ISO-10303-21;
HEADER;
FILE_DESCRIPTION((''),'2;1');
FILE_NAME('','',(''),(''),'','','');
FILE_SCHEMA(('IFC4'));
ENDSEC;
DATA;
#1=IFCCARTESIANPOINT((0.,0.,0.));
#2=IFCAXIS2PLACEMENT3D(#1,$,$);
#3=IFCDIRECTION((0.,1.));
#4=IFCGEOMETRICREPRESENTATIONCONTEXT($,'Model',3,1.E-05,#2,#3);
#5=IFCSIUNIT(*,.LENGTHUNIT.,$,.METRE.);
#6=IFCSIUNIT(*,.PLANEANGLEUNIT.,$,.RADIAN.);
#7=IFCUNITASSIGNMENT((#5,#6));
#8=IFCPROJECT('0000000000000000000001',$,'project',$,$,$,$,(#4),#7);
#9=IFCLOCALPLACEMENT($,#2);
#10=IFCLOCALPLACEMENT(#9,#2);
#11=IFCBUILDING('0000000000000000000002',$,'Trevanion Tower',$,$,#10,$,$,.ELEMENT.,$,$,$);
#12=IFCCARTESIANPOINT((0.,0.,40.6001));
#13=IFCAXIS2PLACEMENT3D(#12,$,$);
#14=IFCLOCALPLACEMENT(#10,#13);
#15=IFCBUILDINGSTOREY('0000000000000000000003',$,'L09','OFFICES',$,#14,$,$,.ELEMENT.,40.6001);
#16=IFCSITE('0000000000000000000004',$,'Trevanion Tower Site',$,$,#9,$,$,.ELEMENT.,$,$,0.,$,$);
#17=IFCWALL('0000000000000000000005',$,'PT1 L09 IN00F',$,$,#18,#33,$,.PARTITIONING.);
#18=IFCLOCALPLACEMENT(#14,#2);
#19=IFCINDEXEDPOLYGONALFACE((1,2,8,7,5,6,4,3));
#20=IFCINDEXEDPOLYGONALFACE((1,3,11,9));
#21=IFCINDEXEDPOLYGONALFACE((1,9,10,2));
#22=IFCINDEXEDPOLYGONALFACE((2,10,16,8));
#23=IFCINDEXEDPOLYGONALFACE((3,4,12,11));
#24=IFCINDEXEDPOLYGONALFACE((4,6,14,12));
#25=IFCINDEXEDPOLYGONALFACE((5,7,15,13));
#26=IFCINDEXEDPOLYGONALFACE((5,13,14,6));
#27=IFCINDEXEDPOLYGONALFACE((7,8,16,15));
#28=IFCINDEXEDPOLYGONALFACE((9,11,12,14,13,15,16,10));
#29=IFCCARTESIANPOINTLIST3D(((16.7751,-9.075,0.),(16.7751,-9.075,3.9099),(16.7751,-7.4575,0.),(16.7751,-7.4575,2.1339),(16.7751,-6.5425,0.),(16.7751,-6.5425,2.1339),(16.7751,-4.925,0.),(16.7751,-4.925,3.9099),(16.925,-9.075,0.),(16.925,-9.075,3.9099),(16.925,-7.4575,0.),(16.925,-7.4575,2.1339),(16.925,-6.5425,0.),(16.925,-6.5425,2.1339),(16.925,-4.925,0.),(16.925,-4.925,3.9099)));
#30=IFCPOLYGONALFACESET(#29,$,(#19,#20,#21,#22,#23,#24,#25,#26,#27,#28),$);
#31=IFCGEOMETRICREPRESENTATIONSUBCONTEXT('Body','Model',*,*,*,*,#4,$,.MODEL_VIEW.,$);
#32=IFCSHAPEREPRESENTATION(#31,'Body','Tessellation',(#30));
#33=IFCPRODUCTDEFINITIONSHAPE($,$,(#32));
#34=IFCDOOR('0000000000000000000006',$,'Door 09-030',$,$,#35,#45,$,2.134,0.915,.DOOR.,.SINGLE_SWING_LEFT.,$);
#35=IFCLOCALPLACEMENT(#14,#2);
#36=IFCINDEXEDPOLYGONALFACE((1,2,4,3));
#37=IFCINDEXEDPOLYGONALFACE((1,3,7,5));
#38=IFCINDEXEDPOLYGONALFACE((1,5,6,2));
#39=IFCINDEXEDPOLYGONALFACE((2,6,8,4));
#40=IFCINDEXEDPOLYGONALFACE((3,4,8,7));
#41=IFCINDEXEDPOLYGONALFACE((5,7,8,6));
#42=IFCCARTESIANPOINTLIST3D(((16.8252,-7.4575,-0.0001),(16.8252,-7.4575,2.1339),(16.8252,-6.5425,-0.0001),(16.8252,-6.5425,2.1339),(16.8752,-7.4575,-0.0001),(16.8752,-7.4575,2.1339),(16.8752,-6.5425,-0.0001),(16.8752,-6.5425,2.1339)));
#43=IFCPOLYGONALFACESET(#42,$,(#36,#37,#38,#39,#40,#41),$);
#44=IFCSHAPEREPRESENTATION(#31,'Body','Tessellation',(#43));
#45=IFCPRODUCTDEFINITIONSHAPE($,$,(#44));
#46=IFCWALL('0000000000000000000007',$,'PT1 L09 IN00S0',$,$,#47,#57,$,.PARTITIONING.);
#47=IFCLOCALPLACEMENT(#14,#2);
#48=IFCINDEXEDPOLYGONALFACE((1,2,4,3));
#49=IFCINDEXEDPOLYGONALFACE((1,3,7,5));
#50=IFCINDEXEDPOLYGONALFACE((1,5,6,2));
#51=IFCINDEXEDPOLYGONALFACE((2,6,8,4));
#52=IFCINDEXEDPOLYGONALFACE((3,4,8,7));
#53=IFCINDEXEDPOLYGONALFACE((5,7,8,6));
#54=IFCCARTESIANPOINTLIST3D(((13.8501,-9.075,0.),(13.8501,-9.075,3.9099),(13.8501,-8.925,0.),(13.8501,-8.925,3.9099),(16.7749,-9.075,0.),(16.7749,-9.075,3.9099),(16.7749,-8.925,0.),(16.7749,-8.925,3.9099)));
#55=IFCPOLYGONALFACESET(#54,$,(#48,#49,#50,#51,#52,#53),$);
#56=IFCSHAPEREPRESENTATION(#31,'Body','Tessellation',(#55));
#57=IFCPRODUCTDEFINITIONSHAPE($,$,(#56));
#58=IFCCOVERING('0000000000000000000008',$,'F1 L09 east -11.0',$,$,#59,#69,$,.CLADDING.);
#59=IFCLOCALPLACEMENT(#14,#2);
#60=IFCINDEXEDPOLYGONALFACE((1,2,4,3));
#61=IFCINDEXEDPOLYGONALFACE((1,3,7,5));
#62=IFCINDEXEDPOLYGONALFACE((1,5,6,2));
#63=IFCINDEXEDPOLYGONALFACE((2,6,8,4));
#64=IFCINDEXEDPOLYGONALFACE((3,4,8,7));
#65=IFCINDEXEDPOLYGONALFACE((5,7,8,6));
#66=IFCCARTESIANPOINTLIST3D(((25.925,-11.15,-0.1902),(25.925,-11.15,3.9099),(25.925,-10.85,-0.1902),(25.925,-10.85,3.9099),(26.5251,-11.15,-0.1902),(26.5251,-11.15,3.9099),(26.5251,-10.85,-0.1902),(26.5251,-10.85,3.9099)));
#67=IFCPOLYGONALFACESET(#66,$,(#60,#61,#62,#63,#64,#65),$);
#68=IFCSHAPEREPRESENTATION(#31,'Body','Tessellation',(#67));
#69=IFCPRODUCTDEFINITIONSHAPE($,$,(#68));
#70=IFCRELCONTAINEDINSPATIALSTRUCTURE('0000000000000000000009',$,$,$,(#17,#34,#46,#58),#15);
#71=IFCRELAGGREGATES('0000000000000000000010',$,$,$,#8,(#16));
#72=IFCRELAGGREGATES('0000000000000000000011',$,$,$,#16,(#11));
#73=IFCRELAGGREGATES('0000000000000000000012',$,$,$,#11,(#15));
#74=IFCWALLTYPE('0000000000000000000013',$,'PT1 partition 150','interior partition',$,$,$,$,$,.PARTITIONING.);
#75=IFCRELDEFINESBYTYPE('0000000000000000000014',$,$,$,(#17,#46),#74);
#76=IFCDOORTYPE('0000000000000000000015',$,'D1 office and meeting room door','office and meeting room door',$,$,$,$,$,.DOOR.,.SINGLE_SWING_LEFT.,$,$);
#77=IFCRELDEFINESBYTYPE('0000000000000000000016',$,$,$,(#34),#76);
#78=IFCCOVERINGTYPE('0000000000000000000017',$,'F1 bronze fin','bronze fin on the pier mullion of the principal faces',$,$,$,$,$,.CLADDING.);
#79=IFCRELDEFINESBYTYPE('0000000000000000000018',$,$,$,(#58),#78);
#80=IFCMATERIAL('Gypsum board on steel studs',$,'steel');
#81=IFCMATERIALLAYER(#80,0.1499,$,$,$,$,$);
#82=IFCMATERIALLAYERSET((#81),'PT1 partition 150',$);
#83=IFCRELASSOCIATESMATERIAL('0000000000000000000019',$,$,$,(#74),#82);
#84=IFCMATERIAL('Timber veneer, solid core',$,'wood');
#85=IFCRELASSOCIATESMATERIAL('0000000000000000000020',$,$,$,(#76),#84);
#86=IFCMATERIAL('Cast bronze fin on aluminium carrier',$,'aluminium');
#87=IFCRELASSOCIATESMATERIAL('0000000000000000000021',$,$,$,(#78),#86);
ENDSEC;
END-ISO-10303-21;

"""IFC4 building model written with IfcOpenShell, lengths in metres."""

from ifc_helpers import new_model, si_unit, direction, frame, frame_2d, origin, origin_2d, place, context, subcontext, project, spatial, rectangle, extrude, material, layer, layer_set, type_object, element, fill, save


model = new_model("IFC4")

# Units and contexts
model_context = context("Model", 3, precision=1e-05, world=origin(), true_north=direction((0.0, 1.0)))
body_context = subcontext(model_context, "Body", "Model", "MODEL_VIEW")
ifc_project = project(units=[si_unit("LENGTHUNIT", "METRE"), si_unit("PLANEANGLEUNIT", "RADIAN")], contexts=[model_context])

# Site, building, storey
site_placement = place(None, origin())
site = spatial("IfcSite", under=ifc_project, at=site_placement, Name="Trevanion Tower Site", CompositionType="ELEMENT", RefElevation=0.0)
building_placement = place(site_placement, origin())
building = spatial("IfcBuilding", under=site, at=building_placement, Name="Trevanion Tower", CompositionType="ELEMENT")
storey_placement = place(building_placement, frame((0.0, 0.0, 40.6001)))
storey = spatial("IfcBuildingStorey", under=building, at=storey_placement, Name="L09", Description="OFFICES", CompositionType="ELEMENT", Elevation=40.6001)

# Shared definitions
ifc_material_1 = material(Name="Gypsum board on steel studs", Category="steel")
ifc_layer_1 = layer(ifc_material_1, 0.1499)
ifc_layer_set_1 = layer_set([ifc_layer_1], Name="PT1 partition 150")
wall_type = type_object("IfcWallType", Name="PT1 partition 150", Description="interior partition", PredefinedType="PARTITIONING", material=ifc_layer_set_1)
ifc_material_2 = material(Name="Timber veneer, solid core", Category="wood")
door_type = type_object("IfcDoorType", Name="D1 office and meeting room door", Description="office and meeting room door", OperationType="SINGLE_SWING_LEFT", PredefinedType="DOOR", material=ifc_material_2)

# Wall, opening, door
wall_1_placement = place(storey_placement, frame((16.8501, -9.075, 0.0), z_axis=(0.0, 0.0, 1.0), x_axis=(0.0, 1.0, 0.0)))
wall_1 = element("IfcWall", 1, at=wall_1_placement, inside=storey, type_object=wall_type, Name="PT1 L09 IN00F", PredefinedType="PARTITIONING", context=body_context, shape_type="SweptSolid", body=[
    extrude(rectangle(XDim=4.1499, YDim=0.1499, at=frame_2d((2.075, 0.0))), origin(), (0.0, 0.0, 1.0), 3.9099),
])
opening_1_placement = place(wall_1_placement, frame((1.6174, 0.0, 0.0)))
opening_1 = element("IfcOpeningElement", 2, at=opening_1_placement, cuts=wall_1, PredefinedType="OPENING", context=body_context, shape_type="SweptSolid", body=[
    extrude(rectangle(XDim=0.915, YDim=2.134, at=frame_2d((0.4575, 1.0669))), frame((0.0, 0.085, 0.0), z_axis=(0.0, -1.0, 0.0), x_axis=(1.0, 0.0, 0.0)), (0.0, 0.0, 1.0), 0.1699),
])
door_1_placement = place(opening_1_placement, origin())
door_1 = element("IfcDoor", 3, at=door_1_placement, inside=storey, type_object=door_type, Name="Door 09-030", OperationType="SINGLE_SWING_LEFT", OverallHeight=2.134, OverallWidth=0.915, PredefinedType="DOOR", context=body_context, shape_type="SweptSolid", body=[
    extrude(rectangle(XDim=0.915, YDim=2.134, at=frame_2d((0.4575, 1.0669))), frame((0.0, 0.0249, 0.0), z_axis=(0.0, -1.0, 0.0), x_axis=(1.0, 0.0, 0.0)), (0.0, 0.0, 1.0), 0.05),
])
fill(opening_1, door_1)

# Wall
wall_2_placement = place(storey_placement, frame((16.7749, -9.0, 0.0), z_axis=(0.0, 0.0, 1.0), x_axis=(-1.0, 0.0, 0.0)))
element("IfcWall", 4, at=wall_2_placement, inside=storey, type_object=wall_type, Name="PT1 L09 IN00S0", PredefinedType="PARTITIONING", context=body_context, shape_type="SweptSolid", body=[
    extrude(rectangle(XDim=2.9248, YDim=0.1499, at=frame_2d((1.4624, 0.0))), origin(), (0.0, 0.0, 1.0), 3.9099),
])

# Covering
ifc_material_3 = material(Name="Cast bronze fin on aluminium carrier", Category="aluminium")
covering_type = type_object("IfcCoveringType", Name="F1 bronze fin", Description="bronze fin on the pier mullion of the principal faces", PredefinedType="CLADDING", material=ifc_material_3)
covering_placement = place(storey_placement, frame((26.2251, -11.0, -0.1902), z_axis=(0.0, 0.0, 1.0), x_axis=(0.0, 1.0, 0.0)))
element("IfcCovering", 5, at=covering_placement, inside=storey, type_object=covering_type, Name="F1 L09 east -11.0", PredefinedType="CLADDING", context=body_context, shape_type="SweptSolid", body=[
    extrude(rectangle(XDim=0.3, YDim=0.6001, at=origin_2d()), origin(), (0.0, 0.0, 1.0), 4.1001),
])

save(model, "model.ifc")
